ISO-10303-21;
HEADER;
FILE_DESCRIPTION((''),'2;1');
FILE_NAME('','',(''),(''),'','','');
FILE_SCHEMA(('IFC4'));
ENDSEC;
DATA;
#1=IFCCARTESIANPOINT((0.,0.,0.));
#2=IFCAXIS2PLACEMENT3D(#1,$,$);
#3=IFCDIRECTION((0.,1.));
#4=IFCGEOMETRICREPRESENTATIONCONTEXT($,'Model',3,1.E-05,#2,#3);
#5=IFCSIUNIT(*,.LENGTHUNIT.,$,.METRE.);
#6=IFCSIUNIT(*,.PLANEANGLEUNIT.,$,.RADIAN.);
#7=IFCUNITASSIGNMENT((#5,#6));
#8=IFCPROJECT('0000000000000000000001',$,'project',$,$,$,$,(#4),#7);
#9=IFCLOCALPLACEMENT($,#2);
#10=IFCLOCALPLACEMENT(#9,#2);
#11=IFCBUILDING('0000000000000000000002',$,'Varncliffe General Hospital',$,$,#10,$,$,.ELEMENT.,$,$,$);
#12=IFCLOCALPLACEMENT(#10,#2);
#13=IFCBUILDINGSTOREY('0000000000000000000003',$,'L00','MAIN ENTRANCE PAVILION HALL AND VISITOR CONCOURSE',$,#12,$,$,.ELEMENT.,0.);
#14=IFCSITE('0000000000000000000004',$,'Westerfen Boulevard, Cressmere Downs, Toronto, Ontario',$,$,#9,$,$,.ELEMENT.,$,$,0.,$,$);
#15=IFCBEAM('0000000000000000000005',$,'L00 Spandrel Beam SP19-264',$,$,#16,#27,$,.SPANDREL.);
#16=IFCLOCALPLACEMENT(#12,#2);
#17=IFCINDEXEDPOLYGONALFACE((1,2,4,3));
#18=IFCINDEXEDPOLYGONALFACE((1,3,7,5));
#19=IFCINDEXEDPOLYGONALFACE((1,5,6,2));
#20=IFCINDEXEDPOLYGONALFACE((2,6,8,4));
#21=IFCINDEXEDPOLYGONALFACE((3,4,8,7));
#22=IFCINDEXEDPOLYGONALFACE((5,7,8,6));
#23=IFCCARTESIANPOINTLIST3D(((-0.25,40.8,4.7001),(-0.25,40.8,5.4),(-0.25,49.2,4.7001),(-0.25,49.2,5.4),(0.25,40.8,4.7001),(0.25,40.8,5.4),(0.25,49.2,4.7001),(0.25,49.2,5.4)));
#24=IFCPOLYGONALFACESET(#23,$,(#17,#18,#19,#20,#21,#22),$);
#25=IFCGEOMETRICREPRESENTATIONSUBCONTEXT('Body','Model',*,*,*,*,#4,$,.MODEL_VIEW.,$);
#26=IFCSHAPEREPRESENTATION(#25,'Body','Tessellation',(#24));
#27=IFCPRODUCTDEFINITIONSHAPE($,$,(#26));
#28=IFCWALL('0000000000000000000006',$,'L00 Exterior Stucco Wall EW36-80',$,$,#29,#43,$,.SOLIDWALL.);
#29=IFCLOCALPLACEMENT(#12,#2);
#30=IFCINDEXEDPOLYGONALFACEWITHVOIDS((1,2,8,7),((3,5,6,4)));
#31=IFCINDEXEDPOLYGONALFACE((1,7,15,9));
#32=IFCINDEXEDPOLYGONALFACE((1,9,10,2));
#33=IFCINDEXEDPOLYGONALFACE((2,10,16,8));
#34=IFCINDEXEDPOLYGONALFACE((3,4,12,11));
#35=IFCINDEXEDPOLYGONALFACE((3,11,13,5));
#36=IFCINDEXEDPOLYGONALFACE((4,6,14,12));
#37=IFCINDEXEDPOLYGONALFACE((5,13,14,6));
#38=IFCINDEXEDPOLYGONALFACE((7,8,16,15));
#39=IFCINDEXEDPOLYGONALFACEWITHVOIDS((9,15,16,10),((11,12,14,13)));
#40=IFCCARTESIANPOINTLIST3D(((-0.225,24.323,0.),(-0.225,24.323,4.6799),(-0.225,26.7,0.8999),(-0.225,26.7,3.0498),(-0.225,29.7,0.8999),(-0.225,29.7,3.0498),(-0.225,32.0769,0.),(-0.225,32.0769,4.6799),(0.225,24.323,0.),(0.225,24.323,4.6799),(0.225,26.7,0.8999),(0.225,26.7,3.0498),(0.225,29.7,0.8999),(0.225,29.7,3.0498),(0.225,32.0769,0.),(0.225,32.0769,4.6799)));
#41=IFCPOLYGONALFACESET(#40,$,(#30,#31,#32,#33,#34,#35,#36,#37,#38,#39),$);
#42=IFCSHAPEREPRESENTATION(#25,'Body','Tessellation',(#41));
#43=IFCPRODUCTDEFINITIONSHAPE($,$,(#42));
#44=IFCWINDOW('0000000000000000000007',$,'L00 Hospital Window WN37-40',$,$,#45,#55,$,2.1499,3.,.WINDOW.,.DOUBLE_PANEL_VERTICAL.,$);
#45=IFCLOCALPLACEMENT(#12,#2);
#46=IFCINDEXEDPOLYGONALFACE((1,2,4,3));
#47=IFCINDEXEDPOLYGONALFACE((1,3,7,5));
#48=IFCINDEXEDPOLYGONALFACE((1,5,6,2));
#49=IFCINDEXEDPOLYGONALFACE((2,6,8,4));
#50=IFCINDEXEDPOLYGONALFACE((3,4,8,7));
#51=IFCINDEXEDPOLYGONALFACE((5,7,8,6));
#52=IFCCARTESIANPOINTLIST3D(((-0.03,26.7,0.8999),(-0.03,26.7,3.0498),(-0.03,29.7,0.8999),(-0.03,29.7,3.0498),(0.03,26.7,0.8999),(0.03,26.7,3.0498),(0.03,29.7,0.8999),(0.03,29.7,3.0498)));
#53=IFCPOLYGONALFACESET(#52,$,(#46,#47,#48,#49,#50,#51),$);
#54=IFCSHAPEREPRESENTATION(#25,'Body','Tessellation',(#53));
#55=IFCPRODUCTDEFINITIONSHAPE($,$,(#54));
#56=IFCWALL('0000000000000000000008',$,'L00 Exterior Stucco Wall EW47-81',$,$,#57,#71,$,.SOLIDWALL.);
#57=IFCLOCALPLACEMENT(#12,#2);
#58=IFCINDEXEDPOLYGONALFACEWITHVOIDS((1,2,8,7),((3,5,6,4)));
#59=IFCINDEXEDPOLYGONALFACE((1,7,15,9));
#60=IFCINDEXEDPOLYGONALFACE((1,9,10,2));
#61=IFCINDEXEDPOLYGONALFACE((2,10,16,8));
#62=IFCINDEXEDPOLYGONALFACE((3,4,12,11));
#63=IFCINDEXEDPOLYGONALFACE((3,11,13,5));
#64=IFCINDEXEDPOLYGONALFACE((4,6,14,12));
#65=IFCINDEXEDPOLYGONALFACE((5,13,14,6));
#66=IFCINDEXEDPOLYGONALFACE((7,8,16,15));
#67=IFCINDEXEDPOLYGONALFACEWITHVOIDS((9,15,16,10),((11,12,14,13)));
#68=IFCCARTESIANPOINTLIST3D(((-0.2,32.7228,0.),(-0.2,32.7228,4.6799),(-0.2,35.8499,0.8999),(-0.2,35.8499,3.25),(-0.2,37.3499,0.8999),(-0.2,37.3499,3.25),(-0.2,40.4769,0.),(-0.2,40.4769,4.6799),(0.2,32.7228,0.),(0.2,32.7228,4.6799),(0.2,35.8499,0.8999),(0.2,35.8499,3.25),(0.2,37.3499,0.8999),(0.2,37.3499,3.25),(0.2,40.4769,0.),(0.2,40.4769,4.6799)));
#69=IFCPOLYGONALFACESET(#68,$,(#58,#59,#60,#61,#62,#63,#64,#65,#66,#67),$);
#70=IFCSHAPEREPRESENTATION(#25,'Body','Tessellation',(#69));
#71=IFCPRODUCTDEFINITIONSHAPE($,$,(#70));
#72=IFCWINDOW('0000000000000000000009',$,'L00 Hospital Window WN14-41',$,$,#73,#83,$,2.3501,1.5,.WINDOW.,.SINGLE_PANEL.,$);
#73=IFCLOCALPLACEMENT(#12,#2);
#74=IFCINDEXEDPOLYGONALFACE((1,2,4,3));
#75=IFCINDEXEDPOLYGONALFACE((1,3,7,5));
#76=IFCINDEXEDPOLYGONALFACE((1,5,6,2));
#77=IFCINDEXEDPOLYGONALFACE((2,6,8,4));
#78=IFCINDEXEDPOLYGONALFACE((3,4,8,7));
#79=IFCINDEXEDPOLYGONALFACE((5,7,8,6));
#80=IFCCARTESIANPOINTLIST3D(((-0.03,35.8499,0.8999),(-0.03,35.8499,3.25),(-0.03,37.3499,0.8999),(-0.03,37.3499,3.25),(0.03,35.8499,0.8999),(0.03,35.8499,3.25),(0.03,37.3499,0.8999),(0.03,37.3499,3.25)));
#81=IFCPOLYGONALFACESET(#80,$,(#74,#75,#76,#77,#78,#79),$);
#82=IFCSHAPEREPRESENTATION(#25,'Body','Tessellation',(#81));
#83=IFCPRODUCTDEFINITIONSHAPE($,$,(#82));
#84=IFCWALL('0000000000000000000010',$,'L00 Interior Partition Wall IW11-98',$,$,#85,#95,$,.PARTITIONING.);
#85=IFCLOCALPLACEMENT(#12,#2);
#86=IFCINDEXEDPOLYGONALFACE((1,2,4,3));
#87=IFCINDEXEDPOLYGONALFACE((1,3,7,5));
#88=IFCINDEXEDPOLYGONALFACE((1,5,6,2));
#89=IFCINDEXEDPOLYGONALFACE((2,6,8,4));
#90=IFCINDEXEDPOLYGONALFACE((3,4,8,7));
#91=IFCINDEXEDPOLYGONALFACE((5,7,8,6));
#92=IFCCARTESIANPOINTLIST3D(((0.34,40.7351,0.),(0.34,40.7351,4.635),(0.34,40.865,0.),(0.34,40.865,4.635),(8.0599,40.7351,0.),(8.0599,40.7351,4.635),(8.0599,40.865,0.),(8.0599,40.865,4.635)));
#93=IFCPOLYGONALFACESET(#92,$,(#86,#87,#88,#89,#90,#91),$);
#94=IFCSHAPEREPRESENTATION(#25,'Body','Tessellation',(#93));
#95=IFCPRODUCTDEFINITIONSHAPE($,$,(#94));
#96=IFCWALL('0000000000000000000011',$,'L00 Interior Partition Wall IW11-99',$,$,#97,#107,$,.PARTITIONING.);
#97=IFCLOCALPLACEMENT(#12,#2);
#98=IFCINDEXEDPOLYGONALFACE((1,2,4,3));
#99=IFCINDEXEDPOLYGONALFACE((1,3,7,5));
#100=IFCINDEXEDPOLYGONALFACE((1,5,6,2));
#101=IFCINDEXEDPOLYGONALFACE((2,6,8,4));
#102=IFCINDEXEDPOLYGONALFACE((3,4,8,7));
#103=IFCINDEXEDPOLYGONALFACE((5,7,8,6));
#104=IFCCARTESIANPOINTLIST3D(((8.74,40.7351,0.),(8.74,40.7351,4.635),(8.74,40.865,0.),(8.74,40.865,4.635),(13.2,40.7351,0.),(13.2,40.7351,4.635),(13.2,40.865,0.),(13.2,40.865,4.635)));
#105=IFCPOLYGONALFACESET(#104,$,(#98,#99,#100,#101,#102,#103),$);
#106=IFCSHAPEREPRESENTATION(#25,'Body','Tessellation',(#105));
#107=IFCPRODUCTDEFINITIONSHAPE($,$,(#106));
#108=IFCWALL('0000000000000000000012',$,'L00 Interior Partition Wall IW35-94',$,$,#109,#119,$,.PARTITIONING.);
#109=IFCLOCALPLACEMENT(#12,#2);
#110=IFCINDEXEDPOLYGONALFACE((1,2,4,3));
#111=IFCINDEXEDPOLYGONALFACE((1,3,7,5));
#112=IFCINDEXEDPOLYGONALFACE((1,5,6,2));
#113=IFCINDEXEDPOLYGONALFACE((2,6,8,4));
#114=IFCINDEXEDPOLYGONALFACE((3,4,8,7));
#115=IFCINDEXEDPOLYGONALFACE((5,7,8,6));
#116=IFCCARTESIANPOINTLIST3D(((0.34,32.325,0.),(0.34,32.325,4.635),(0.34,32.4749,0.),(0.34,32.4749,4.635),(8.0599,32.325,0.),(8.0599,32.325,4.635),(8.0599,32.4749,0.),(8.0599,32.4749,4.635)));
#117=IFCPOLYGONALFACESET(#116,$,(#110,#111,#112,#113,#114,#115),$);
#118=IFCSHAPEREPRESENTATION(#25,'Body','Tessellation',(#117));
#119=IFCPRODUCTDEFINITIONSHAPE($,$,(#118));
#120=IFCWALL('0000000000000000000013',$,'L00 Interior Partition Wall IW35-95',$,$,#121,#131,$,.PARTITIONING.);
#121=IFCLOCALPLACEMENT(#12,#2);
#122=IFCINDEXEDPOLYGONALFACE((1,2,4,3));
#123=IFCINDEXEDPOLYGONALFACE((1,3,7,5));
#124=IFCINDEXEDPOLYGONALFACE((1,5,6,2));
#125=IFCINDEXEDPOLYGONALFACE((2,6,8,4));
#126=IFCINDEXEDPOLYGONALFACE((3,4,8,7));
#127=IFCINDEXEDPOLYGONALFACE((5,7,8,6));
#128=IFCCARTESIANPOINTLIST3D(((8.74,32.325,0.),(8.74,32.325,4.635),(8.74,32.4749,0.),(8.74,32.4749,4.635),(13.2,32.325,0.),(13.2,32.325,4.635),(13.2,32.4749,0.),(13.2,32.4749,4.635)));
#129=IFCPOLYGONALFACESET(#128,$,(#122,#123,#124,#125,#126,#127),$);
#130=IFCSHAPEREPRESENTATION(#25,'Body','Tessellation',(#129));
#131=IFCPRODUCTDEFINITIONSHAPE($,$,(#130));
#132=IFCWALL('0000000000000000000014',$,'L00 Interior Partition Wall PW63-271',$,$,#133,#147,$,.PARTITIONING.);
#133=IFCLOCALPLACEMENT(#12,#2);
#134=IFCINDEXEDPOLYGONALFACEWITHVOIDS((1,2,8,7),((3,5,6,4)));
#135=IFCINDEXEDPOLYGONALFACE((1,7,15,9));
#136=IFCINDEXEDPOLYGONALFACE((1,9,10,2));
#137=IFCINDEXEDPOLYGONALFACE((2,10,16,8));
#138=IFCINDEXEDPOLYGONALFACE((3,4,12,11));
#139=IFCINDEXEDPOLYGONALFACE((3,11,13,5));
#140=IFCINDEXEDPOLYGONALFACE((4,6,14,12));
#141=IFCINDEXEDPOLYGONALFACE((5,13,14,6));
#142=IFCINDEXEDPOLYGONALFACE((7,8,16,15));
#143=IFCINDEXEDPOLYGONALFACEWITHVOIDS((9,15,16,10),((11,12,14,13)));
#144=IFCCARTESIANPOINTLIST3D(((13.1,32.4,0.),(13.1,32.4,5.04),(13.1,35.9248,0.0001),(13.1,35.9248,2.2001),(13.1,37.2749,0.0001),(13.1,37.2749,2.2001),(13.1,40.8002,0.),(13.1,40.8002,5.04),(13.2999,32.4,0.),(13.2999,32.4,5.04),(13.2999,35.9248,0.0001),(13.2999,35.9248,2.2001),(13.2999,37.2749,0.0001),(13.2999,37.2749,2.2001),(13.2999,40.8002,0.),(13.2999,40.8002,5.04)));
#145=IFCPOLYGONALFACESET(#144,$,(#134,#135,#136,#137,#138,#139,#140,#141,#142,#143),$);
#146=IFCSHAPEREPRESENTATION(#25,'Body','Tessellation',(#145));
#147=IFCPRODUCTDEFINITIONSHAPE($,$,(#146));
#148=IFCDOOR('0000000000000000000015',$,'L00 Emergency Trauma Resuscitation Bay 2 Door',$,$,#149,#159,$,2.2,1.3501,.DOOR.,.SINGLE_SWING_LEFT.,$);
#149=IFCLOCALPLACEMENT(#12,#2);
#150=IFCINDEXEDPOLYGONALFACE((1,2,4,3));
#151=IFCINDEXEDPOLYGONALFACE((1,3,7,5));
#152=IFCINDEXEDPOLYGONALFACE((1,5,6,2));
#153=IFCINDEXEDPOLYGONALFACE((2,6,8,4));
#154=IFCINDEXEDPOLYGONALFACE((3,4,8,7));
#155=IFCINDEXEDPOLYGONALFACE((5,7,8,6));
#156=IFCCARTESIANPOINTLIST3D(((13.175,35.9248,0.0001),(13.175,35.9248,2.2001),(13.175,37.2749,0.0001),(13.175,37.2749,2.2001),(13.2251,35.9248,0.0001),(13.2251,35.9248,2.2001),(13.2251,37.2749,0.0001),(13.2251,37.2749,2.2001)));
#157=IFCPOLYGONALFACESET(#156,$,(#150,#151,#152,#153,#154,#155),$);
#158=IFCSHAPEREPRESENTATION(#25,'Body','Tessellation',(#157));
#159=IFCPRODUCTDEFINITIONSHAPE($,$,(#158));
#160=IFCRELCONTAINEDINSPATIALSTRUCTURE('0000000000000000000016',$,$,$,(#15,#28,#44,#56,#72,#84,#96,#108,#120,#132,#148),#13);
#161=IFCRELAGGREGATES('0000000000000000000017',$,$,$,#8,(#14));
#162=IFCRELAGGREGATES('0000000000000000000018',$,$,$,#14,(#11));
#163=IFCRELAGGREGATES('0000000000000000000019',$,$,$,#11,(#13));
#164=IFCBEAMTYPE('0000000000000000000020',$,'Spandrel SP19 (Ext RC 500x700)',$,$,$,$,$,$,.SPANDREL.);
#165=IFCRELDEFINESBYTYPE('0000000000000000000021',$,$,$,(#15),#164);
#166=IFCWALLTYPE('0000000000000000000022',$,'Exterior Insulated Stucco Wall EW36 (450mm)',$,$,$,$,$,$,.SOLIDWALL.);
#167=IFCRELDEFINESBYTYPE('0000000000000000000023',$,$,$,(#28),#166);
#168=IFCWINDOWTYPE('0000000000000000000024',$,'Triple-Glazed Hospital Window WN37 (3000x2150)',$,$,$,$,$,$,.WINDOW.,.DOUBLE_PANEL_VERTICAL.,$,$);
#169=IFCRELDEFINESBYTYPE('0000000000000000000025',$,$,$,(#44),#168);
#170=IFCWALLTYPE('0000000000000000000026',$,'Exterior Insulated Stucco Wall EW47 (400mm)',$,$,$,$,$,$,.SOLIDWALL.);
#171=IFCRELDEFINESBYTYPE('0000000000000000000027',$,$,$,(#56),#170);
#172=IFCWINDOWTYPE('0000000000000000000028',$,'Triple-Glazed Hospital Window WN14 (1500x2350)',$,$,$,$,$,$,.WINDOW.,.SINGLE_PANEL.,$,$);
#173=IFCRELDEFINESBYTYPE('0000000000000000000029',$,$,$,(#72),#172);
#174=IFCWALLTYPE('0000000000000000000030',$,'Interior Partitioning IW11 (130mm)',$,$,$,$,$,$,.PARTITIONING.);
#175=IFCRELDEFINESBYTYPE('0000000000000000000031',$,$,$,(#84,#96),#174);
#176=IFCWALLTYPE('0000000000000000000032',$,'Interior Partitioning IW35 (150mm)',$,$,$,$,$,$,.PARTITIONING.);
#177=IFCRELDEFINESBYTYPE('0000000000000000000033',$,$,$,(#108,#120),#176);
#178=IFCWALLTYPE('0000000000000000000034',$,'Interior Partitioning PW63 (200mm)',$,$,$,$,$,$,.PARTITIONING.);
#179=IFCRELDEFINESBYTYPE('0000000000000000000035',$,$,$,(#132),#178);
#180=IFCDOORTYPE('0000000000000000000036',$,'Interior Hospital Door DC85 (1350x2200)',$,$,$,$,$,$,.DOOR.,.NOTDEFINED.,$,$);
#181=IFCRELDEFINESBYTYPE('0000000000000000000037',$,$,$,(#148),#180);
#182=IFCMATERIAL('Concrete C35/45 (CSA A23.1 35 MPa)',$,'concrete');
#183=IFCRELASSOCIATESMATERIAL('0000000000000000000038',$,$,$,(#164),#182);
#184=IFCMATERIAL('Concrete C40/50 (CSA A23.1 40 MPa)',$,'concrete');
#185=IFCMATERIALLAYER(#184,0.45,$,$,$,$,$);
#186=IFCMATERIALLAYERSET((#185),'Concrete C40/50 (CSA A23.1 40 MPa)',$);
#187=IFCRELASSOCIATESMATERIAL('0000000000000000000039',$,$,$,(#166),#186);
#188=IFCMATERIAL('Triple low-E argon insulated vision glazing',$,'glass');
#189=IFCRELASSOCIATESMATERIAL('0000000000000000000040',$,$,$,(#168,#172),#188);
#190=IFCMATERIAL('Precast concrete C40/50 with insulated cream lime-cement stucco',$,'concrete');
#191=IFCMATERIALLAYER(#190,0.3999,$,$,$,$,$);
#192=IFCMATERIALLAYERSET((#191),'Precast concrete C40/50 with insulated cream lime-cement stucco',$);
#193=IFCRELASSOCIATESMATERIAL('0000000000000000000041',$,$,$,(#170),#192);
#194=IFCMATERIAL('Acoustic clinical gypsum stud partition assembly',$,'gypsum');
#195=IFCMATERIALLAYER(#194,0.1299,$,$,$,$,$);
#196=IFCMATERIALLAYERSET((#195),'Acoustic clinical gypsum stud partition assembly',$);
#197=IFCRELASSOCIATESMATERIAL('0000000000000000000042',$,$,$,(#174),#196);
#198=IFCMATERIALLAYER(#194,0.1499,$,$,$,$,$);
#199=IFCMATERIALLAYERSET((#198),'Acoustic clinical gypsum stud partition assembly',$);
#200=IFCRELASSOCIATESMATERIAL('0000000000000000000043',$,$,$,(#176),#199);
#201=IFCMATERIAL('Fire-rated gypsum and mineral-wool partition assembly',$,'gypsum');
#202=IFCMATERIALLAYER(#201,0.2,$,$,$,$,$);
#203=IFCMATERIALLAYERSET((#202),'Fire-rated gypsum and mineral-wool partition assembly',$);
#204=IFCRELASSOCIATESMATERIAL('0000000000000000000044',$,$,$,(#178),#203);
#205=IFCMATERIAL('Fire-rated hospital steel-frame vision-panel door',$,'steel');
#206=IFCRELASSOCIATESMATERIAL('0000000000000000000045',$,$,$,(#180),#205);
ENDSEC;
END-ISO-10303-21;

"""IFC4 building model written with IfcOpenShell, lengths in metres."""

from ifc_helpers import new_model, si_unit, direction, frame, frame_2d, origin, origin_2d, place, context, subcontext, project, spatial, rectangle, extrude, material, layer, layer_set, material_profile, profile_set, type_object, element, fill, save


model = new_model("IFC4")

# Units and contexts
model_context = context("Model", 3, precision=1e-05, world=origin(), true_north=direction((0.0, 1.0)))
body_context = subcontext(model_context, "Body", "Model", "MODEL_VIEW")
ifc_project = project(units=[si_unit("LENGTHUNIT", "METRE"), si_unit("PLANEANGLEUNIT", "RADIAN")], contexts=[model_context])

# Site, building, storey
site_placement = place(None, origin())
site = spatial("IfcSite", under=ifc_project, at=site_placement, Name="Westerfen Boulevard, Cressmere Downs, Toronto, Ontario", CompositionType="ELEMENT", RefElevation=0.0)
building_placement = place(site_placement, origin())
building = spatial("IfcBuilding", under=site, at=building_placement, Name="Varncliffe General Hospital", CompositionType="ELEMENT")
storey_placement = place(building_placement, origin())
storey = spatial("IfcBuildingStorey", under=building, at=storey_placement, Name="L00", Description="MAIN ENTRANCE PAVILION HALL AND VISITOR CONCOURSE", CompositionType="ELEMENT", Elevation=0.0)

# Shared definitions
ifc_material_1 = material(Name="Concrete C40/50 (CSA A23.1 40 MPa)", Category="concrete")

# Beam
ifc_material_2 = material(Name="Concrete C35/45 (CSA A23.1 35 MPa)", Category="concrete")
ifc_material_profile_1 = material_profile(ifc_material_2, rectangle(XDim=0.5, YDim=0.7, at=origin_2d()), Name="RC 500x700")
ifc_profile_set_1 = profile_set([ifc_material_profile_1], Name="Concrete C35/45 (CSA A23.1 35 MPa)")
beam_type_1 = type_object("IfcBeamType", Name="Spandrel SP19 (Ext RC 500x700)", PredefinedType="SPANDREL", material=ifc_profile_set_1)
beam_1_placement = place(storey_placement, frame((0.0, 40.8, 5.05), z_axis=(0.0, 1.0, 0.0), x_axis=(-1.0, 0.0, 0.0)))
element("IfcBeam", 1, at=beam_1_placement, inside=storey, type_object=beam_type_1, Name="L00 Spandrel Beam SP19-264", PredefinedType="SPANDREL", context=body_context, shape_type="SweptSolid", body=[
    extrude(rectangle(XDim=0.5, YDim=0.7, at=origin_2d()), origin(), (0.0, 0.0, 1.0), 8.3999),
])

# Walls, openings, windows
ifc_layer_1 = layer(ifc_material_1, 0.45)
ifc_layer_set_1 = layer_set([ifc_layer_1], Name="Concrete C40/50 (CSA A23.1 40 MPa)")
wall_type_1 = type_object("IfcWallType", Name="Exterior Insulated Stucco Wall EW36 (450mm)", PredefinedType="SOLIDWALL", material=ifc_layer_set_1)
wall_1_placement = place(storey_placement, frame((0.0, 24.323, 0.0), z_axis=(0.0, 0.0, 1.0), x_axis=(0.0, 1.0, 0.0)))
wall_1 = element("IfcWall", 2, at=wall_1_placement, inside=storey, type_object=wall_type_1, Name="L00 Exterior Stucco Wall EW36-80", PredefinedType="SOLIDWALL", context=body_context, shape_type="SweptSolid", body=[
    extrude(rectangle(XDim=7.7539, YDim=0.45, at=frame_2d((3.877, 0.0))), origin(), (0.0, 0.0, 1.0), 4.6799),
])
opening_1_placement = place(wall_1_placement, frame((2.377, 0.0, 0.8999)))
opening_1 = element("IfcOpeningElement", 3, at=opening_1_placement, cuts=wall_1, PredefinedType="OPENING", context=body_context, shape_type="SweptSolid", body=[
    extrude(rectangle(XDim=3.0, YDim=2.1499, at=frame_2d((1.5, 1.075))), frame((0.0, 0.2349, 0.0), z_axis=(0.0, -1.0, 0.0), x_axis=(1.0, 0.0, 0.0)), (0.0, 0.0, 1.0), 0.47),
])
ifc_material_3 = material(Name="Triple low-E argon insulated vision glazing", Category="glass")
window_type_1 = type_object("IfcWindowType", Name="Triple-Glazed Hospital Window WN37 (3000x2150)", PartitioningType="DOUBLE_PANEL_VERTICAL", PredefinedType="WINDOW", material=ifc_material_3)
window_1_placement = place(opening_1_placement, origin())
window_1 = element("IfcWindow", 4, at=window_1_placement, inside=storey, type_object=window_type_1, Name="L00 Hospital Window WN37-40", OverallHeight=2.1499, OverallWidth=3.0, PartitioningType="DOUBLE_PANEL_VERTICAL", PredefinedType="WINDOW", context=body_context, shape_type="SweptSolid", body=[
    extrude(rectangle(XDim=3.0, YDim=2.1499, at=frame_2d((1.5, 1.075))), frame((0.0, 0.03, 0.0), z_axis=(0.0, -1.0, 0.0), x_axis=(1.0, 0.0, 0.0)), (0.0, 0.0, 1.0), 0.0601),
])
fill(opening_1, window_1)
ifc_material_4 = material(Name="Precast concrete C40/50 with insulated cream lime-cement stucco", Category="concrete")
ifc_layer_2 = layer(ifc_material_4, 0.3999)
ifc_layer_set_2 = layer_set([ifc_layer_2], Name="Precast concrete C40/50 with insulated cream lime-cement stucco")
wall_type_2 = type_object("IfcWallType", Name="Exterior Insulated Stucco Wall EW47 (400mm)", PredefinedType="SOLIDWALL", material=ifc_layer_set_2)
wall_2_placement = place(storey_placement, frame((0.0, 32.7229, 0.0), z_axis=(0.0, 0.0, 1.0), x_axis=(0.0, 1.0, 0.0)))
wall_2 = element("IfcWall", 5, at=wall_2_placement, inside=storey, type_object=wall_type_2, Name="L00 Exterior Stucco Wall EW47-81", PredefinedType="SOLIDWALL", context=body_context, shape_type="SweptSolid", body=[
    extrude(rectangle(XDim=7.7542, YDim=0.3999, at=frame_2d((3.877, 0.0))), origin(), (0.0, 0.0, 1.0), 4.6799),
])
opening_2_placement = place(wall_2_placement, frame((3.127, 0.0, 0.8999)))
opening_2 = element("IfcOpeningElement", 6, at=opening_2_placement, cuts=wall_2, PredefinedType="OPENING", context=body_context, shape_type="SweptSolid", body=[
    extrude(rectangle(XDim=1.5, YDim=2.3501, at=frame_2d((0.75, 1.175))), frame((0.0, 0.21, 0.0), z_axis=(0.0, -1.0, 0.0), x_axis=(1.0, 0.0, 0.0)), (0.0, 0.0, 1.0), 0.4199),
])
window_type_2 = type_object("IfcWindowType", Name="Triple-Glazed Hospital Window WN14 (1500x2350)", PartitioningType="SINGLE_PANEL", PredefinedType="WINDOW", material=ifc_material_3)
window_2_placement = place(opening_2_placement, origin())
window_2 = element("IfcWindow", 7, at=window_2_placement, inside=storey, type_object=window_type_2, Name="L00 Hospital Window WN14-41", OverallHeight=2.3501, OverallWidth=1.5, PartitioningType="SINGLE_PANEL", PredefinedType="WINDOW", context=body_context, shape_type="SweptSolid", body=[
    extrude(rectangle(XDim=1.5, YDim=2.3501, at=frame_2d((0.75, 1.175))), frame((0.0, 0.03, 0.0), z_axis=(0.0, -1.0, 0.0), x_axis=(1.0, 0.0, 0.0)), (0.0, 0.0, 1.0), 0.0601),
])
fill(opening_2, window_2)

# Walls
ifc_material_5 = material(Name="Acoustic clinical gypsum stud partition assembly", Category="gypsum")
ifc_layer_3 = layer(ifc_material_5, 0.1299)
ifc_layer_set_3 = layer_set([ifc_layer_3], Name="Acoustic clinical gypsum stud partition assembly")
wall_type_3 = type_object("IfcWallType", Name="Interior Partitioning IW11 (130mm)", PredefinedType="PARTITIONING", material=ifc_layer_set_3)
wall_3_placement = place(storey_placement, frame((0.3401, 40.8, 0.0), z_axis=(0.0, 0.0, 1.0), x_axis=(1.0, 0.0, 0.0)))
element("IfcWall", 8, at=wall_3_placement, inside=storey, type_object=wall_type_3, Name="L00 Interior Partition Wall IW11-98", PredefinedType="PARTITIONING", context=body_context, shape_type="SweptSolid", body=[
    extrude(rectangle(XDim=7.72, YDim=0.1299, at=frame_2d((3.8599, 0.0))), origin(), (0.0, 0.0, 1.0), 4.635),
])
wall_4_placement = place(storey_placement, frame((8.74, 40.8, 0.0), z_axis=(0.0, 0.0, 1.0), x_axis=(1.0, 0.0, 0.0)))
element("IfcWall", 9, at=wall_4_placement, inside=storey, type_object=wall_type_3, Name="L00 Interior Partition Wall IW11-99", PredefinedType="PARTITIONING", context=body_context, shape_type="SweptSolid", body=[
    extrude(rectangle(XDim=4.46, YDim=0.1299, at=frame_2d((2.23, 0.0))), origin(), (0.0, 0.0, 1.0), 4.635),
])
ifc_layer_4 = layer(ifc_material_5, 0.1499)
ifc_layer_set_4 = layer_set([ifc_layer_4], Name="Acoustic clinical gypsum stud partition assembly")
wall_type_4 = type_object("IfcWallType", Name="Interior Partitioning IW35 (150mm)", PredefinedType="PARTITIONING", material=ifc_layer_set_4)
wall_5_placement = place(storey_placement, frame((0.3401, 32.3999, 0.0), z_axis=(0.0, 0.0, 1.0), x_axis=(1.0, 0.0, 0.0)))
element("IfcWall", 10, at=wall_5_placement, inside=storey, type_object=wall_type_4, Name="L00 Interior Partition Wall IW35-94", PredefinedType="PARTITIONING", context=body_context, shape_type="SweptSolid", body=[
    extrude(rectangle(XDim=7.72, YDim=0.1499, at=frame_2d((3.8599, 0.0))), origin(), (0.0, 0.0, 1.0), 4.635),
])
wall_6_placement = place(storey_placement, frame((8.74, 32.3999, 0.0), z_axis=(0.0, 0.0, 1.0), x_axis=(1.0, 0.0, 0.0)))
element("IfcWall", 11, at=wall_6_placement, inside=storey, type_object=wall_type_4, Name="L00 Interior Partition Wall IW35-95", PredefinedType="PARTITIONING", context=body_context, shape_type="SweptSolid", body=[
    extrude(rectangle(XDim=4.46, YDim=0.1499, at=frame_2d((2.23, 0.0))), origin(), (0.0, 0.0, 1.0), 4.635),
])

# Wall, opening, door
ifc_material_6 = material(Name="Fire-rated gypsum and mineral-wool partition assembly", Category="gypsum")
ifc_layer_5 = layer(ifc_material_6, 0.2)
ifc_layer_set_5 = layer_set([ifc_layer_5], Name="Fire-rated gypsum and mineral-wool partition assembly")
wall_type_5 = type_object("IfcWallType", Name="Interior Partitioning PW63 (200mm)", PredefinedType="PARTITIONING", material=ifc_layer_set_5)
wall_7_placement = place(storey_placement, frame((13.2, 32.3999, 0.0), z_axis=(0.0, 0.0, 1.0), x_axis=(0.0, 1.0, 0.0)))
wall_7 = element("IfcWall", 12, at=wall_7_placement, inside=storey, type_object=wall_type_5, Name="L00 Interior Partition Wall PW63-271", PredefinedType="PARTITIONING", context=body_context, shape_type="SweptSolid", body=[
    extrude(rectangle(XDim=8.4001, YDim=0.2, at=frame_2d((4.2002, 0.0))), origin(), (0.0, 0.0, 1.0), 5.04),
])
opening_3_placement = place(wall_7_placement, frame((3.5249, 0.0, 0.0)))
opening_3 = element("IfcOpeningElement", 13, at=opening_3_placement, cuts=wall_7, PredefinedType="OPENING", context=body_context, shape_type="SweptSolid", body=[
    extrude(rectangle(XDim=1.3501, YDim=2.2, at=frame_2d((0.675, 1.1001))), frame((0.0, 0.1099, 0.0), z_axis=(0.0, -1.0, 0.0), x_axis=(1.0, 0.0, 0.0)), (0.0, 0.0, 1.0), 0.22),
])
ifc_material_7 = material(Name="Fire-rated hospital steel-frame vision-panel door", Category="steel")
door_type = type_object("IfcDoorType", Name="Interior Hospital Door DC85 (1350x2200)", OperationType="NOTDEFINED", PredefinedType="DOOR", material=ifc_material_7)
door_placement = place(opening_3_placement, origin())
door = element("IfcDoor", 14, at=door_placement, inside=storey, type_object=door_type, Name="L00 Emergency Trauma Resuscitation Bay 2 Door", OperationType="SINGLE_SWING_LEFT", OverallHeight=2.2, OverallWidth=1.3501, PredefinedType="DOOR", context=body_context, shape_type="SweptSolid", body=[
    extrude(rectangle(XDim=1.3501, YDim=2.2, at=frame_2d((0.675, 1.1001))), frame((0.0, 0.0249, 0.0), z_axis=(0.0, -1.0, 0.0), x_axis=(1.0, 0.0, 0.0)), (0.0, 0.0, 1.0), 0.05),
])
fill(opening_3, door)

save(model, "model.ifc")
